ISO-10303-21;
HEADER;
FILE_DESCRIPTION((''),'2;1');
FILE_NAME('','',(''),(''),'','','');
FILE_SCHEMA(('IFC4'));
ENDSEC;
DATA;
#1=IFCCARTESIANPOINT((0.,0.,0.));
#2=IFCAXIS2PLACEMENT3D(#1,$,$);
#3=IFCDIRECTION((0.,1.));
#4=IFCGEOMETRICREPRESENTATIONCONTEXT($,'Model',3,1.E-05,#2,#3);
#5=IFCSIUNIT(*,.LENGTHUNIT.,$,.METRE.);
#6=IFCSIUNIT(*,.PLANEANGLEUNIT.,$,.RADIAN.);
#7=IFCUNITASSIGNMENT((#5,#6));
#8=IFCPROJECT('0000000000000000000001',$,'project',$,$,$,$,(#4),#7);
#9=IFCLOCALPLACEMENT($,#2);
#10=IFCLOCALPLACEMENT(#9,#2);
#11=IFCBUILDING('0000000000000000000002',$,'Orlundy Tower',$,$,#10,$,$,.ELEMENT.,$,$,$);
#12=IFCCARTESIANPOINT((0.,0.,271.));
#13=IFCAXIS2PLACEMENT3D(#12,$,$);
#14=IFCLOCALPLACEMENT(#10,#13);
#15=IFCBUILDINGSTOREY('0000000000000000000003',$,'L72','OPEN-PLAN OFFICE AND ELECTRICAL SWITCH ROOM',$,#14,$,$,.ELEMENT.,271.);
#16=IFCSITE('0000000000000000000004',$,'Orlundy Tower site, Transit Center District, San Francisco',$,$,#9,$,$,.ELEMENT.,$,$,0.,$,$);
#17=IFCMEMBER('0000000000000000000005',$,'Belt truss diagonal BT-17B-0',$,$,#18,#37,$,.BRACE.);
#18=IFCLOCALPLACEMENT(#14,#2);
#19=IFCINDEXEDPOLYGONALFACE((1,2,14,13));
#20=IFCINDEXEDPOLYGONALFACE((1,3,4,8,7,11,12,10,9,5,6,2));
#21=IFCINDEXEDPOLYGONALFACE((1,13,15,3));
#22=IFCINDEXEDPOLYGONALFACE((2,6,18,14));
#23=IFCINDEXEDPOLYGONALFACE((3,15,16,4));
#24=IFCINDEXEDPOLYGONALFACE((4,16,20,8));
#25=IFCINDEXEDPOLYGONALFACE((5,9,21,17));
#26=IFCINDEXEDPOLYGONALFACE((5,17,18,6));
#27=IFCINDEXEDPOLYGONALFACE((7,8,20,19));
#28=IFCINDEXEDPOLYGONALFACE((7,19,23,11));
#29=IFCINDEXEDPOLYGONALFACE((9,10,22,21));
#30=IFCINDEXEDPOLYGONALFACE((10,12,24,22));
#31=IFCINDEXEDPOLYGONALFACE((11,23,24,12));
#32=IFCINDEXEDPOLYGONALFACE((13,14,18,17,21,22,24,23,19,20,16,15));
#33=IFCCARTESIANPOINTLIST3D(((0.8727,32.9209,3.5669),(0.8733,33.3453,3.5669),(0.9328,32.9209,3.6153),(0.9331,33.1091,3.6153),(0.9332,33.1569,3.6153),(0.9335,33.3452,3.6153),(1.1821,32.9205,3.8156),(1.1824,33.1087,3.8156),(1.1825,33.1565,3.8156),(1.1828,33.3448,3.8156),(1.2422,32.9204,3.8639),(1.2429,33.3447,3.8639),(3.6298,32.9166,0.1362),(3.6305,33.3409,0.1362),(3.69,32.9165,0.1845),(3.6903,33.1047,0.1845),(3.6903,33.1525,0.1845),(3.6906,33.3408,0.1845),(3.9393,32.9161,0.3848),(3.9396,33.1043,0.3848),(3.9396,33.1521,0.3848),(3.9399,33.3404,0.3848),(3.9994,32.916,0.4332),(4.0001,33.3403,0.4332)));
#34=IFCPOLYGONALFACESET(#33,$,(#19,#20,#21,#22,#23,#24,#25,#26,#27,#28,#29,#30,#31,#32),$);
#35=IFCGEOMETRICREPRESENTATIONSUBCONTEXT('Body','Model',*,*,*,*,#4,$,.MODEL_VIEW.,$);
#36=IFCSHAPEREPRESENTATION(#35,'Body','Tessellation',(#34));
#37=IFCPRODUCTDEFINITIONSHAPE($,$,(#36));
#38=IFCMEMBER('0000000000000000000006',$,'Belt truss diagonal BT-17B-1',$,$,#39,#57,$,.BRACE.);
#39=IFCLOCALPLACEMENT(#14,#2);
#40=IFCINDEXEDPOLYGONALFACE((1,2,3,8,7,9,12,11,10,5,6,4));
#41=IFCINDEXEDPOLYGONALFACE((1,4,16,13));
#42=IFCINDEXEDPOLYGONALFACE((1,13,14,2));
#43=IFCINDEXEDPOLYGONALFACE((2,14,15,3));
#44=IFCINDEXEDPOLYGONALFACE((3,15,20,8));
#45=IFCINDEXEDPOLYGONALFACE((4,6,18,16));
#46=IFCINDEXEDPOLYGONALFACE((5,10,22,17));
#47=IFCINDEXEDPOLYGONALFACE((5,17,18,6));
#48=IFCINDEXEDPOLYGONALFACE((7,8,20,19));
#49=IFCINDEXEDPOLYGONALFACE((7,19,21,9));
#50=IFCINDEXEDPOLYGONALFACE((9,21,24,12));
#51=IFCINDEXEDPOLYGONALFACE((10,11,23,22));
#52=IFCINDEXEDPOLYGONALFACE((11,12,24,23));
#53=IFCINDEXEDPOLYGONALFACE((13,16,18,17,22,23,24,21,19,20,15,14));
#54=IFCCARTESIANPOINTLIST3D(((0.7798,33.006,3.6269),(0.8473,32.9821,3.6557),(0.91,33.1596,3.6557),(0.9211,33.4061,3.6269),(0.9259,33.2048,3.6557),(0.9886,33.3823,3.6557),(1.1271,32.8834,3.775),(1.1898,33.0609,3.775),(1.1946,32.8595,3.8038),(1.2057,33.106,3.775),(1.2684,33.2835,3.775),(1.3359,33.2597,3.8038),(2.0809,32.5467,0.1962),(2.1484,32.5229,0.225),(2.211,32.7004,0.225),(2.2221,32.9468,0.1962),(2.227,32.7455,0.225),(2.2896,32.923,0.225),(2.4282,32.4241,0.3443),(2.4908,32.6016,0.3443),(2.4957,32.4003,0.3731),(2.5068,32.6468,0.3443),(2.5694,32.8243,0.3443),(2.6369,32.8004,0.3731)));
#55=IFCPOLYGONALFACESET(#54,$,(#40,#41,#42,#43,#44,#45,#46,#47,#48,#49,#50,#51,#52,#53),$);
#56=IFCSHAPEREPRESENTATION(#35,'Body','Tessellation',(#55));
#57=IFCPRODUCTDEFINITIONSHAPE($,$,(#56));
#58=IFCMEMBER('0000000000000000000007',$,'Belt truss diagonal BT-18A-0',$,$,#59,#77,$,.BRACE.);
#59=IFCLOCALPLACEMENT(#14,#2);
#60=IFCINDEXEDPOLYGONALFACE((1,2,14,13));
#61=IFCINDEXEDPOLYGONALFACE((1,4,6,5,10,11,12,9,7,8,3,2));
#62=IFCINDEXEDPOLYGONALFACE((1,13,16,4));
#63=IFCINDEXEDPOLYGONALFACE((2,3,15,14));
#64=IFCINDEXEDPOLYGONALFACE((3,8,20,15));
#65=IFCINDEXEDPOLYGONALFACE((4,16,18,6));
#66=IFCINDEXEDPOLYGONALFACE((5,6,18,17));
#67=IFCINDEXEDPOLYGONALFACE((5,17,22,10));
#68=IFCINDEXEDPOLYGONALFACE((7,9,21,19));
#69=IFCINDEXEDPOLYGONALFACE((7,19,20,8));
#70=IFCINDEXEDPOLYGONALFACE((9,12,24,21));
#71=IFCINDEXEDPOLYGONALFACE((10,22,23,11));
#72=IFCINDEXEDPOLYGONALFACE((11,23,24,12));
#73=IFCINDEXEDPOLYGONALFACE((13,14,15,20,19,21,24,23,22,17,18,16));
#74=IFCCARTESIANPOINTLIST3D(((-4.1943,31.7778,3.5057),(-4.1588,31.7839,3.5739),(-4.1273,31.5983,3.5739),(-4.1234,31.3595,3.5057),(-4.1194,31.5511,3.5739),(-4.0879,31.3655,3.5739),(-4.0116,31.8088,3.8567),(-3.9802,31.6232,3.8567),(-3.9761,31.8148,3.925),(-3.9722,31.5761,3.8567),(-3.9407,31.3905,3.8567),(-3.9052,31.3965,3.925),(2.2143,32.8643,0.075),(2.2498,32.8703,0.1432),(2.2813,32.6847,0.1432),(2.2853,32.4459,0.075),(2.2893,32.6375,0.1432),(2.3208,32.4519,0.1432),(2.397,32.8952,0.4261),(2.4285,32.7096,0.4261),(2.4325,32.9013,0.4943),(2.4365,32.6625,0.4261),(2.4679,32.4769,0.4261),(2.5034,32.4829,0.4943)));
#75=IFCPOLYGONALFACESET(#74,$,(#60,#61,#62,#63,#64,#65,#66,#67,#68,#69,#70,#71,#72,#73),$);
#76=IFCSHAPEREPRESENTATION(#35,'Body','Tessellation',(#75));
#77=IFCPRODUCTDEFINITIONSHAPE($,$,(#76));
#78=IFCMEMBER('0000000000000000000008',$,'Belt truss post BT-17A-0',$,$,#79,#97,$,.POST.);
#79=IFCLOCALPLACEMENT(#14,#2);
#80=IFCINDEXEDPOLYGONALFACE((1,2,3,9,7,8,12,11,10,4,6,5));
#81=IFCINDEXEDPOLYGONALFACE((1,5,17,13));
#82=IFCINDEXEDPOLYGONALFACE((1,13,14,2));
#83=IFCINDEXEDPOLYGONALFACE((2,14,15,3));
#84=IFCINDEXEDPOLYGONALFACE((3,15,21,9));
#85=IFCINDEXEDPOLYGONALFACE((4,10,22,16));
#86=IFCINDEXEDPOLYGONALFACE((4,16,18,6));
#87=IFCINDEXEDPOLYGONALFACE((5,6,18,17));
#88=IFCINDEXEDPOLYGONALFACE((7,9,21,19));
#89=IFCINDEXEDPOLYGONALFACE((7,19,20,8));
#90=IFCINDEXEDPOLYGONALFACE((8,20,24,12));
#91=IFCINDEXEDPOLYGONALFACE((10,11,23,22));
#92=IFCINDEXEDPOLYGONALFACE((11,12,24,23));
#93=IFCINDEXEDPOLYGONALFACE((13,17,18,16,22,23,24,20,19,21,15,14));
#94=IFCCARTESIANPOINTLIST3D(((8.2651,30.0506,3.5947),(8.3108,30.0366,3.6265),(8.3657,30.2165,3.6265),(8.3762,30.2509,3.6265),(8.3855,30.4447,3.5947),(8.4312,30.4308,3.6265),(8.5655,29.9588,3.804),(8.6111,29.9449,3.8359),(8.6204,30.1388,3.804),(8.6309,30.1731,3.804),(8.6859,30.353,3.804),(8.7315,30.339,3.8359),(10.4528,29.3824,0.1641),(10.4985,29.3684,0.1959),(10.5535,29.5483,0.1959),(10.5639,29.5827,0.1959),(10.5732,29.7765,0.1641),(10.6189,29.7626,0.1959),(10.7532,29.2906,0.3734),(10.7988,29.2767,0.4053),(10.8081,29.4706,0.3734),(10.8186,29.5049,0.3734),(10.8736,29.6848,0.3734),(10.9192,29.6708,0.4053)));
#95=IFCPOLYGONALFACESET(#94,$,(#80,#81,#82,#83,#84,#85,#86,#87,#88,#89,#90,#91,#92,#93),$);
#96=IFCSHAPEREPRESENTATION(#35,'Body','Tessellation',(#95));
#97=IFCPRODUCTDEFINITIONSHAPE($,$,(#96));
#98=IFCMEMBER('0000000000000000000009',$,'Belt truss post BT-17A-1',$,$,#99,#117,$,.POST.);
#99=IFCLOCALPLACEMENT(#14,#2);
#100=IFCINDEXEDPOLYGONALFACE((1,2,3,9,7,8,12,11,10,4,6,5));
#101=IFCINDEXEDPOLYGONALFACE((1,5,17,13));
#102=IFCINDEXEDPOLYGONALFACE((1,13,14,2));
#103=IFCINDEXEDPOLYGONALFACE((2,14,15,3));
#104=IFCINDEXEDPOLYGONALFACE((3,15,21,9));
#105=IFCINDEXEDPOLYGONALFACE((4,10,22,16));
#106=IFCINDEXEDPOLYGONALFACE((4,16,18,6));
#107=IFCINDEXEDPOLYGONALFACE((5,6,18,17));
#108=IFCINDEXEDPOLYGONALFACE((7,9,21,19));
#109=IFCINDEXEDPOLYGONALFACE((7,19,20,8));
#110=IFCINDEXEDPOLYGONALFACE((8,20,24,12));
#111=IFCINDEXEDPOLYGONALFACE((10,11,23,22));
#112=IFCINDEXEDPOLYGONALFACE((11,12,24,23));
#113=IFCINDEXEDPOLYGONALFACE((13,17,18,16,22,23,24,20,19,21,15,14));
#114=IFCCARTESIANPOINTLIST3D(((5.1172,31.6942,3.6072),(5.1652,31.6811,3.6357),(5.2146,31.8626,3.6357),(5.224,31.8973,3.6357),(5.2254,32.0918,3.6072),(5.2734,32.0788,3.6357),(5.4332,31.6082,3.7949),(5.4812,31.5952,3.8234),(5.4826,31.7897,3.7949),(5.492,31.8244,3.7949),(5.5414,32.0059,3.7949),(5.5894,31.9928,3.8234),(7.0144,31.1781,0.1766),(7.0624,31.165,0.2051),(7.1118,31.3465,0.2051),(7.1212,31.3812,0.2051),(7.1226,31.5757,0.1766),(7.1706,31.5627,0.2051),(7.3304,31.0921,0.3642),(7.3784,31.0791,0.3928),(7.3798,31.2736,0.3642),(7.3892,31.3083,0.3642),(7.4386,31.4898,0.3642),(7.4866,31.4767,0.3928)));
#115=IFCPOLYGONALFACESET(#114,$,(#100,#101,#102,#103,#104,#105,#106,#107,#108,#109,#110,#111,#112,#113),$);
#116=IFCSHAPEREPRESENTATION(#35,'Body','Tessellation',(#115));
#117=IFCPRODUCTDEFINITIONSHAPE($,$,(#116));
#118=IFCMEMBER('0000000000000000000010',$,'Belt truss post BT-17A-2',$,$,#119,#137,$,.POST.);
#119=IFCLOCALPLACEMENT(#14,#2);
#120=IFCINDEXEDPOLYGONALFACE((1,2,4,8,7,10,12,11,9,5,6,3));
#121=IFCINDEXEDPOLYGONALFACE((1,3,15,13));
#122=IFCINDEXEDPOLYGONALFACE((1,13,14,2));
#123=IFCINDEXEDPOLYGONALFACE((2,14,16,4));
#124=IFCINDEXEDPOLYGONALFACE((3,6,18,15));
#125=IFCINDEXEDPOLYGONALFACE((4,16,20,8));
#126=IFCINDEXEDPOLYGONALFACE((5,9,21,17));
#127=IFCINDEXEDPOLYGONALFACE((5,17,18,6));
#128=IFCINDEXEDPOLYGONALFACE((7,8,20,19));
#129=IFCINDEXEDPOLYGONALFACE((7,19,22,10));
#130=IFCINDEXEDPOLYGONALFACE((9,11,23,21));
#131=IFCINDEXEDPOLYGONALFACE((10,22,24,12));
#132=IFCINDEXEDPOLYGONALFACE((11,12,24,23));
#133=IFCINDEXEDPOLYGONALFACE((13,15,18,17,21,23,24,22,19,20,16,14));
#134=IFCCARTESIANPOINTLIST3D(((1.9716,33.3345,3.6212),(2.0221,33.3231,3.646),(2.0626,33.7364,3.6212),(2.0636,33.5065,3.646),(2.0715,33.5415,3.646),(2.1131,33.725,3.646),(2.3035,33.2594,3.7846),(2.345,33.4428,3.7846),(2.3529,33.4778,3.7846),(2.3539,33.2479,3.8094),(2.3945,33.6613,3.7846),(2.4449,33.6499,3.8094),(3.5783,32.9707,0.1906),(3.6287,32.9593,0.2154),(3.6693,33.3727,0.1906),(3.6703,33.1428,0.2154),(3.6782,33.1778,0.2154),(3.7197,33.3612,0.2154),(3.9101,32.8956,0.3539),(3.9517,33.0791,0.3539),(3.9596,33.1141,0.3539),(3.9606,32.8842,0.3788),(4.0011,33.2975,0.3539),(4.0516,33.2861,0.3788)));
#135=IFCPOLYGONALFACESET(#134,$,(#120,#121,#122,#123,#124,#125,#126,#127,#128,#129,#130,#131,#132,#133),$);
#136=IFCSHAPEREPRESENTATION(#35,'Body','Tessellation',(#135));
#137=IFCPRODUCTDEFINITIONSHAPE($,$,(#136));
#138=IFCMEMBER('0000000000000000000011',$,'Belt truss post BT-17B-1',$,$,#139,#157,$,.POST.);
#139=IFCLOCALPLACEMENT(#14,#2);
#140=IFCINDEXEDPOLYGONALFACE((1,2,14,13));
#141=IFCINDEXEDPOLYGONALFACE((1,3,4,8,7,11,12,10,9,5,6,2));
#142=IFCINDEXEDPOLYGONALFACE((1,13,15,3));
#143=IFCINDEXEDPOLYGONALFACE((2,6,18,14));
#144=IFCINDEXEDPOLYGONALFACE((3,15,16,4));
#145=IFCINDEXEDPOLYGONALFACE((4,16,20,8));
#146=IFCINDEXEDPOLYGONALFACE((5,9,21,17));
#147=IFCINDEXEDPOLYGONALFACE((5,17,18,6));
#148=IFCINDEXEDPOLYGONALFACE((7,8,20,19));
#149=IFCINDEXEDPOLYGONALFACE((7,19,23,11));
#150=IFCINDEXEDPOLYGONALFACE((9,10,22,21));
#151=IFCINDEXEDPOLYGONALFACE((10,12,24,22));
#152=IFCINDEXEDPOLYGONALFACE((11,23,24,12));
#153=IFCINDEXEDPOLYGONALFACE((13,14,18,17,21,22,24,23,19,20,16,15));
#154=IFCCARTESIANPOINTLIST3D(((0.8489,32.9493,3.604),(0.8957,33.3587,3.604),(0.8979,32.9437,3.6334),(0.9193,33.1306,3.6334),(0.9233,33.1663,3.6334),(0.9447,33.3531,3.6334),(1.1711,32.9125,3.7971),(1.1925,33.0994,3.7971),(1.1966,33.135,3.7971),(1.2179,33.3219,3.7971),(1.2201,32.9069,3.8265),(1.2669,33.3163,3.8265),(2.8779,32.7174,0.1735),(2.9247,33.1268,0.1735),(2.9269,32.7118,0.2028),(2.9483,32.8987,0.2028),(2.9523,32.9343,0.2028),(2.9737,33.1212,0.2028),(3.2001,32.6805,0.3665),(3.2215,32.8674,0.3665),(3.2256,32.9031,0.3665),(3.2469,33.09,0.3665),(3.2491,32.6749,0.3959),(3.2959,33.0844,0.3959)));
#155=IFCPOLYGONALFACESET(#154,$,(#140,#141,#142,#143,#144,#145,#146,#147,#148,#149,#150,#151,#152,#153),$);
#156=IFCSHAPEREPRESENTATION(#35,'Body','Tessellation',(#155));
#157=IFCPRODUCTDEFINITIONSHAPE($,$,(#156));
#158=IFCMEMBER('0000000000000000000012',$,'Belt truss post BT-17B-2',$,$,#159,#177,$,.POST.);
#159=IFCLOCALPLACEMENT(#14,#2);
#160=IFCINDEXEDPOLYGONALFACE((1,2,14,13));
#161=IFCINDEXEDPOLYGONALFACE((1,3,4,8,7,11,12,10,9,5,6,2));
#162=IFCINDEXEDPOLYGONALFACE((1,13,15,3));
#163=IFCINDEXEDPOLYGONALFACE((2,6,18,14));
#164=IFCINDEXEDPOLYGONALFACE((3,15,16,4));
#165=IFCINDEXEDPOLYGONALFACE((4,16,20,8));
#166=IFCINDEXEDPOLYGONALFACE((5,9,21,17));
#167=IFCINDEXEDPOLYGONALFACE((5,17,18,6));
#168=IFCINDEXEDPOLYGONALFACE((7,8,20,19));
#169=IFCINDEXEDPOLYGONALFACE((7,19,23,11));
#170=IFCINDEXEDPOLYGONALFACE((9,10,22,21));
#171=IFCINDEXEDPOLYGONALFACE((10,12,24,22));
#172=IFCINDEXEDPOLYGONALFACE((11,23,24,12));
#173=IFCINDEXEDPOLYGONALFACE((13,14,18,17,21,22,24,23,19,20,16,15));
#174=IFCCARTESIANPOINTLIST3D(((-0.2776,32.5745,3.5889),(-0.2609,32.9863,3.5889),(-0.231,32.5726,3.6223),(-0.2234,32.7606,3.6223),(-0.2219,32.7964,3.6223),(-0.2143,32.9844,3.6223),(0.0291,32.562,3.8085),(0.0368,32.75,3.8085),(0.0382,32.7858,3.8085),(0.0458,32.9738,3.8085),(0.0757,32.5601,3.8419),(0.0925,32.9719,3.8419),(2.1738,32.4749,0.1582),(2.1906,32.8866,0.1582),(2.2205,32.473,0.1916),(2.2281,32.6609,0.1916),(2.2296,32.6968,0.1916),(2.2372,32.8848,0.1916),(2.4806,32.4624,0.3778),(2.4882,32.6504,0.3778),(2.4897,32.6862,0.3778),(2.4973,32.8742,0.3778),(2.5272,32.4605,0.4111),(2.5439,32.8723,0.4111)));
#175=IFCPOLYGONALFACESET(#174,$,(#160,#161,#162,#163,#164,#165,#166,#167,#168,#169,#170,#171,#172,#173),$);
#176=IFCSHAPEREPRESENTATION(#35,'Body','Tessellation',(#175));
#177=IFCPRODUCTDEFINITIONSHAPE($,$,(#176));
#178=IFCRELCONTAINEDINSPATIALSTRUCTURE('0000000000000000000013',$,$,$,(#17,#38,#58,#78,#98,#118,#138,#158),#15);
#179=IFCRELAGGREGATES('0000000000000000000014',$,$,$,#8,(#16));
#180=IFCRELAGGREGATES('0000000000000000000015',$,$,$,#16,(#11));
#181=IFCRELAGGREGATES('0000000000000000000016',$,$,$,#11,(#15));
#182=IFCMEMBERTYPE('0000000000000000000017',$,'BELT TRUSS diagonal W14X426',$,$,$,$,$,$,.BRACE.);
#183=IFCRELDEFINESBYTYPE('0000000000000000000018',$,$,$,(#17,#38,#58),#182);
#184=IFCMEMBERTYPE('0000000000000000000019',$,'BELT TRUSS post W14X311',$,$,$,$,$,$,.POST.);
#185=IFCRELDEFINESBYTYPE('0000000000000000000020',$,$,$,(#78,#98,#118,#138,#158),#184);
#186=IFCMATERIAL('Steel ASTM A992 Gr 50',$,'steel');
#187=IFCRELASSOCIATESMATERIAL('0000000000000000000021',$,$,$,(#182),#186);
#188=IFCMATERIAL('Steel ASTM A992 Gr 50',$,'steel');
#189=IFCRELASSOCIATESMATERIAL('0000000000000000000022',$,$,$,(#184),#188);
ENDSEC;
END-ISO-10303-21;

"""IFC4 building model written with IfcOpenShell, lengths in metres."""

from ifc_helpers import new_model, si_unit, direction, frame, origin, origin_2d, place, context, subcontext, project, spatial, i_section, extrude, material, material_profile, profile_set, type_object, element, save


model = new_model("IFC4")

# Units and contexts
model_context = context("Model", 3, precision=1e-05, world=origin(), true_north=direction((0.0, 1.0)))
body_context = subcontext(model_context, "Body", "Model", "MODEL_VIEW")
ifc_project = project(units=[si_unit("LENGTHUNIT", "METRE"), si_unit("PLANEANGLEUNIT", "RADIAN")], contexts=[model_context])

# Site, building, storey
site_placement = place(None, origin())
site = spatial("IfcSite", under=ifc_project, at=site_placement, Name="Orlundy Tower site, Transit Center District, San Francisco", CompositionType="ELEMENT", RefElevation=0.0)
building_placement = place(site_placement, origin())
building = spatial("IfcBuilding", under=site, at=building_placement, Name="Orlundy Tower", CompositionType="ELEMENT")
storey_placement = place(building_placement, frame((0.0, 0.0, 271.0)))
storey = spatial("IfcBuildingStorey", under=building, at=storey_placement, Name="L72", Description="OPEN-PLAN OFFICE AND ELECTRICAL SWITCH ROOM", CompositionType="ELEMENT", Elevation=271.0)

# Members
ifc_material_1 = material(Name="Steel ASTM A992 Gr 50", Category="steel")
ifc_material_profile_1 = material_profile(ifc_material_1, i_section(OverallWidth=0.4243, OverallDepth=0.4741, WebThickness=0.0479, FlangeThickness=0.0771, at=origin_2d()), Name="W14X426")
ifc_profile_set_1 = profile_set([ifc_material_profile_1], Name="Steel ASTM A992 Gr 50")
member_type_1 = type_object("IfcMemberType", Name="BELT TRUSS diagonal W14X426", PredefinedType="BRACE", material=ifc_profile_set_1)
member_1_placement = place(storey_placement, frame((3.8149, 33.1284, 0.2847), z_axis=(-0.626432, 0.000998, 0.779476), x_axis=(-0.001594, -0.999999, 0.0)))
element("IfcMember", 1, at=member_1_placement, inside=storey, type_object=member_type_1, Name="Belt truss diagonal BT-17B-0", PredefinedType="BRACE", context=body_context, shape_type="SweptSolid", body=[
    extrude(i_section(OverallWidth=0.4243, OverallDepth=0.4741, WebThickness=0.0479, FlangeThickness=0.0771, at=origin_2d()), origin(), (0.0, 0.0, 1.0), 4.4014),
])
member_2_placement = place(storey_placement, frame((1.0579, 33.1328, 3.7153), z_axis=(0.351847, -0.124193, -0.927782), x_axis=(0.332848, 0.942981, 0.0)))
element("IfcMember", 2, at=member_2_placement, inside=storey, type_object=member_type_1, Name="Belt truss diagonal BT-17B-1", PredefinedType="BRACE", context=body_context, shape_type="SweptSolid", body=[
    extrude(i_section(OverallWidth=0.4243, OverallDepth=0.4741, WebThickness=0.0479, FlangeThickness=0.0771, at=origin_2d()), origin(), (0.0, 0.0, 1.0), 3.6978),
])
member_3_placement = place(storey_placement, frame((2.3589, 32.6736, 0.2847), z_axis=(-0.871942, -0.147815, 0.466763), x_axis=(0.167139, -0.985933, 0.0)))
element("IfcMember", 3, at=member_3_placement, inside=storey, type_object=member_type_1, Name="Belt truss diagonal BT-18A-0", PredefinedType="BRACE", context=body_context, shape_type="SweptSolid", body=[
    extrude(i_section(OverallWidth=0.4243, OverallDepth=0.4741, WebThickness=0.0479, FlangeThickness=0.0771, at=origin_2d()), origin(), (0.0, 0.0, 1.0), 7.3499),
])
ifc_material_2 = material(Name="Steel ASTM A992 Gr 50", Category="steel")
ifc_material_profile_2 = material_profile(ifc_material_2, i_section(OverallWidth=0.4121, OverallDepth=0.4348, WebThickness=0.0359, FlangeThickness=0.0574, at=origin_2d()), Name="W14X311")
ifc_profile_set_2 = profile_set([ifc_material_profile_2], Name="Steel ASTM A992 Gr 50")
member_type_2 = type_object("IfcMemberType", Name="BELT TRUSS post W14X311", PredefinedType="POST", material=ifc_profile_set_2)
member_4_placement = place(storey_placement, frame((10.686, 29.5266, 0.2847), z_axis=(-0.530572, 0.162055, 0.832005), x_axis=(-0.292113, -0.956384, 0.0)))
element("IfcMember", 4, at=member_4_placement, inside=storey, type_object=member_type_2, Name="Belt truss post BT-17A-0", PredefinedType="POST", context=body_context, shape_type="SweptSolid", body=[
    extrude(i_section(OverallWidth=0.4121, OverallDepth=0.4348, WebThickness=0.0359, FlangeThickness=0.0574, at=origin_2d()), origin(), (0.0, 0.0, 1.0), 4.1233),
])
member_5_placement = place(storey_placement, frame((7.2505, 31.3274, 0.2847), z_axis=(-0.479805, 0.130525, 0.867612), x_axis=(-0.262497, -0.964933, 0.0)))
element("IfcMember", 5, at=member_5_placement, inside=storey, type_object=member_type_2, Name="Belt truss post BT-17A-1", PredefinedType="POST", context=body_context, shape_type="SweptSolid", body=[
    extrude(i_section(OverallWidth=0.4121, OverallDepth=0.4348, WebThickness=0.0359, FlangeThickness=0.0574, at=origin_2d()), origin(), (0.0, 0.0, 1.0), 3.9541),
])
member_6_placement = place(storey_placement, frame((3.8149, 33.1284, 0.2847), z_axis=(-0.422181, 0.095586, 0.901458), x_axis=(-0.22082, -0.975315, 0.0)))
element("IfcMember", 6, at=member_6_placement, inside=storey, type_object=member_type_2, Name="Belt truss post BT-17A-2", PredefinedType="POST", context=body_context, shape_type="SweptSolid", body=[
    extrude(i_section(OverallWidth=0.4121, OverallDepth=0.4348, WebThickness=0.0359, FlangeThickness=0.0574, at=origin_2d()), origin(), (0.0, 0.0, 1.0), 3.8057),
])
member_7_placement = place(storey_placement, frame((3.0869, 32.9009, 0.2847), z_axis=(-0.508212, 0.058092, 0.85927), x_axis=(-0.113567, -0.99353, 0.0)))
element("IfcMember", 7, at=member_7_placement, inside=storey, type_object=member_type_2, Name="Belt truss post BT-17B-1", PredefinedType="POST", context=body_context, shape_type="SweptSolid", body=[
    extrude(i_section(OverallWidth=0.4121, OverallDepth=0.4348, WebThickness=0.0359, FlangeThickness=0.0574, at=origin_2d()), origin(), (0.0, 0.0, 1.0), 3.9924),
])
member_8_placement = place(storey_placement, frame((2.3589, 32.6736, 0.2847), z_axis=(-0.581224, 0.023617, 0.813401), x_axis=(-0.0406, -0.999175, 0.0)))
element("IfcMember", 8, at=member_8_placement, inside=storey, type_object=member_type_2, Name="Belt truss post BT-17B-2", PredefinedType="POST", context=body_context, shape_type="SweptSolid", body=[
    extrude(i_section(OverallWidth=0.4121, OverallDepth=0.4348, WebThickness=0.0359, FlangeThickness=0.0574, at=origin_2d()), origin(), (0.0, 0.0, 1.0), 4.2178),
])

save(model, "model.ifc")
